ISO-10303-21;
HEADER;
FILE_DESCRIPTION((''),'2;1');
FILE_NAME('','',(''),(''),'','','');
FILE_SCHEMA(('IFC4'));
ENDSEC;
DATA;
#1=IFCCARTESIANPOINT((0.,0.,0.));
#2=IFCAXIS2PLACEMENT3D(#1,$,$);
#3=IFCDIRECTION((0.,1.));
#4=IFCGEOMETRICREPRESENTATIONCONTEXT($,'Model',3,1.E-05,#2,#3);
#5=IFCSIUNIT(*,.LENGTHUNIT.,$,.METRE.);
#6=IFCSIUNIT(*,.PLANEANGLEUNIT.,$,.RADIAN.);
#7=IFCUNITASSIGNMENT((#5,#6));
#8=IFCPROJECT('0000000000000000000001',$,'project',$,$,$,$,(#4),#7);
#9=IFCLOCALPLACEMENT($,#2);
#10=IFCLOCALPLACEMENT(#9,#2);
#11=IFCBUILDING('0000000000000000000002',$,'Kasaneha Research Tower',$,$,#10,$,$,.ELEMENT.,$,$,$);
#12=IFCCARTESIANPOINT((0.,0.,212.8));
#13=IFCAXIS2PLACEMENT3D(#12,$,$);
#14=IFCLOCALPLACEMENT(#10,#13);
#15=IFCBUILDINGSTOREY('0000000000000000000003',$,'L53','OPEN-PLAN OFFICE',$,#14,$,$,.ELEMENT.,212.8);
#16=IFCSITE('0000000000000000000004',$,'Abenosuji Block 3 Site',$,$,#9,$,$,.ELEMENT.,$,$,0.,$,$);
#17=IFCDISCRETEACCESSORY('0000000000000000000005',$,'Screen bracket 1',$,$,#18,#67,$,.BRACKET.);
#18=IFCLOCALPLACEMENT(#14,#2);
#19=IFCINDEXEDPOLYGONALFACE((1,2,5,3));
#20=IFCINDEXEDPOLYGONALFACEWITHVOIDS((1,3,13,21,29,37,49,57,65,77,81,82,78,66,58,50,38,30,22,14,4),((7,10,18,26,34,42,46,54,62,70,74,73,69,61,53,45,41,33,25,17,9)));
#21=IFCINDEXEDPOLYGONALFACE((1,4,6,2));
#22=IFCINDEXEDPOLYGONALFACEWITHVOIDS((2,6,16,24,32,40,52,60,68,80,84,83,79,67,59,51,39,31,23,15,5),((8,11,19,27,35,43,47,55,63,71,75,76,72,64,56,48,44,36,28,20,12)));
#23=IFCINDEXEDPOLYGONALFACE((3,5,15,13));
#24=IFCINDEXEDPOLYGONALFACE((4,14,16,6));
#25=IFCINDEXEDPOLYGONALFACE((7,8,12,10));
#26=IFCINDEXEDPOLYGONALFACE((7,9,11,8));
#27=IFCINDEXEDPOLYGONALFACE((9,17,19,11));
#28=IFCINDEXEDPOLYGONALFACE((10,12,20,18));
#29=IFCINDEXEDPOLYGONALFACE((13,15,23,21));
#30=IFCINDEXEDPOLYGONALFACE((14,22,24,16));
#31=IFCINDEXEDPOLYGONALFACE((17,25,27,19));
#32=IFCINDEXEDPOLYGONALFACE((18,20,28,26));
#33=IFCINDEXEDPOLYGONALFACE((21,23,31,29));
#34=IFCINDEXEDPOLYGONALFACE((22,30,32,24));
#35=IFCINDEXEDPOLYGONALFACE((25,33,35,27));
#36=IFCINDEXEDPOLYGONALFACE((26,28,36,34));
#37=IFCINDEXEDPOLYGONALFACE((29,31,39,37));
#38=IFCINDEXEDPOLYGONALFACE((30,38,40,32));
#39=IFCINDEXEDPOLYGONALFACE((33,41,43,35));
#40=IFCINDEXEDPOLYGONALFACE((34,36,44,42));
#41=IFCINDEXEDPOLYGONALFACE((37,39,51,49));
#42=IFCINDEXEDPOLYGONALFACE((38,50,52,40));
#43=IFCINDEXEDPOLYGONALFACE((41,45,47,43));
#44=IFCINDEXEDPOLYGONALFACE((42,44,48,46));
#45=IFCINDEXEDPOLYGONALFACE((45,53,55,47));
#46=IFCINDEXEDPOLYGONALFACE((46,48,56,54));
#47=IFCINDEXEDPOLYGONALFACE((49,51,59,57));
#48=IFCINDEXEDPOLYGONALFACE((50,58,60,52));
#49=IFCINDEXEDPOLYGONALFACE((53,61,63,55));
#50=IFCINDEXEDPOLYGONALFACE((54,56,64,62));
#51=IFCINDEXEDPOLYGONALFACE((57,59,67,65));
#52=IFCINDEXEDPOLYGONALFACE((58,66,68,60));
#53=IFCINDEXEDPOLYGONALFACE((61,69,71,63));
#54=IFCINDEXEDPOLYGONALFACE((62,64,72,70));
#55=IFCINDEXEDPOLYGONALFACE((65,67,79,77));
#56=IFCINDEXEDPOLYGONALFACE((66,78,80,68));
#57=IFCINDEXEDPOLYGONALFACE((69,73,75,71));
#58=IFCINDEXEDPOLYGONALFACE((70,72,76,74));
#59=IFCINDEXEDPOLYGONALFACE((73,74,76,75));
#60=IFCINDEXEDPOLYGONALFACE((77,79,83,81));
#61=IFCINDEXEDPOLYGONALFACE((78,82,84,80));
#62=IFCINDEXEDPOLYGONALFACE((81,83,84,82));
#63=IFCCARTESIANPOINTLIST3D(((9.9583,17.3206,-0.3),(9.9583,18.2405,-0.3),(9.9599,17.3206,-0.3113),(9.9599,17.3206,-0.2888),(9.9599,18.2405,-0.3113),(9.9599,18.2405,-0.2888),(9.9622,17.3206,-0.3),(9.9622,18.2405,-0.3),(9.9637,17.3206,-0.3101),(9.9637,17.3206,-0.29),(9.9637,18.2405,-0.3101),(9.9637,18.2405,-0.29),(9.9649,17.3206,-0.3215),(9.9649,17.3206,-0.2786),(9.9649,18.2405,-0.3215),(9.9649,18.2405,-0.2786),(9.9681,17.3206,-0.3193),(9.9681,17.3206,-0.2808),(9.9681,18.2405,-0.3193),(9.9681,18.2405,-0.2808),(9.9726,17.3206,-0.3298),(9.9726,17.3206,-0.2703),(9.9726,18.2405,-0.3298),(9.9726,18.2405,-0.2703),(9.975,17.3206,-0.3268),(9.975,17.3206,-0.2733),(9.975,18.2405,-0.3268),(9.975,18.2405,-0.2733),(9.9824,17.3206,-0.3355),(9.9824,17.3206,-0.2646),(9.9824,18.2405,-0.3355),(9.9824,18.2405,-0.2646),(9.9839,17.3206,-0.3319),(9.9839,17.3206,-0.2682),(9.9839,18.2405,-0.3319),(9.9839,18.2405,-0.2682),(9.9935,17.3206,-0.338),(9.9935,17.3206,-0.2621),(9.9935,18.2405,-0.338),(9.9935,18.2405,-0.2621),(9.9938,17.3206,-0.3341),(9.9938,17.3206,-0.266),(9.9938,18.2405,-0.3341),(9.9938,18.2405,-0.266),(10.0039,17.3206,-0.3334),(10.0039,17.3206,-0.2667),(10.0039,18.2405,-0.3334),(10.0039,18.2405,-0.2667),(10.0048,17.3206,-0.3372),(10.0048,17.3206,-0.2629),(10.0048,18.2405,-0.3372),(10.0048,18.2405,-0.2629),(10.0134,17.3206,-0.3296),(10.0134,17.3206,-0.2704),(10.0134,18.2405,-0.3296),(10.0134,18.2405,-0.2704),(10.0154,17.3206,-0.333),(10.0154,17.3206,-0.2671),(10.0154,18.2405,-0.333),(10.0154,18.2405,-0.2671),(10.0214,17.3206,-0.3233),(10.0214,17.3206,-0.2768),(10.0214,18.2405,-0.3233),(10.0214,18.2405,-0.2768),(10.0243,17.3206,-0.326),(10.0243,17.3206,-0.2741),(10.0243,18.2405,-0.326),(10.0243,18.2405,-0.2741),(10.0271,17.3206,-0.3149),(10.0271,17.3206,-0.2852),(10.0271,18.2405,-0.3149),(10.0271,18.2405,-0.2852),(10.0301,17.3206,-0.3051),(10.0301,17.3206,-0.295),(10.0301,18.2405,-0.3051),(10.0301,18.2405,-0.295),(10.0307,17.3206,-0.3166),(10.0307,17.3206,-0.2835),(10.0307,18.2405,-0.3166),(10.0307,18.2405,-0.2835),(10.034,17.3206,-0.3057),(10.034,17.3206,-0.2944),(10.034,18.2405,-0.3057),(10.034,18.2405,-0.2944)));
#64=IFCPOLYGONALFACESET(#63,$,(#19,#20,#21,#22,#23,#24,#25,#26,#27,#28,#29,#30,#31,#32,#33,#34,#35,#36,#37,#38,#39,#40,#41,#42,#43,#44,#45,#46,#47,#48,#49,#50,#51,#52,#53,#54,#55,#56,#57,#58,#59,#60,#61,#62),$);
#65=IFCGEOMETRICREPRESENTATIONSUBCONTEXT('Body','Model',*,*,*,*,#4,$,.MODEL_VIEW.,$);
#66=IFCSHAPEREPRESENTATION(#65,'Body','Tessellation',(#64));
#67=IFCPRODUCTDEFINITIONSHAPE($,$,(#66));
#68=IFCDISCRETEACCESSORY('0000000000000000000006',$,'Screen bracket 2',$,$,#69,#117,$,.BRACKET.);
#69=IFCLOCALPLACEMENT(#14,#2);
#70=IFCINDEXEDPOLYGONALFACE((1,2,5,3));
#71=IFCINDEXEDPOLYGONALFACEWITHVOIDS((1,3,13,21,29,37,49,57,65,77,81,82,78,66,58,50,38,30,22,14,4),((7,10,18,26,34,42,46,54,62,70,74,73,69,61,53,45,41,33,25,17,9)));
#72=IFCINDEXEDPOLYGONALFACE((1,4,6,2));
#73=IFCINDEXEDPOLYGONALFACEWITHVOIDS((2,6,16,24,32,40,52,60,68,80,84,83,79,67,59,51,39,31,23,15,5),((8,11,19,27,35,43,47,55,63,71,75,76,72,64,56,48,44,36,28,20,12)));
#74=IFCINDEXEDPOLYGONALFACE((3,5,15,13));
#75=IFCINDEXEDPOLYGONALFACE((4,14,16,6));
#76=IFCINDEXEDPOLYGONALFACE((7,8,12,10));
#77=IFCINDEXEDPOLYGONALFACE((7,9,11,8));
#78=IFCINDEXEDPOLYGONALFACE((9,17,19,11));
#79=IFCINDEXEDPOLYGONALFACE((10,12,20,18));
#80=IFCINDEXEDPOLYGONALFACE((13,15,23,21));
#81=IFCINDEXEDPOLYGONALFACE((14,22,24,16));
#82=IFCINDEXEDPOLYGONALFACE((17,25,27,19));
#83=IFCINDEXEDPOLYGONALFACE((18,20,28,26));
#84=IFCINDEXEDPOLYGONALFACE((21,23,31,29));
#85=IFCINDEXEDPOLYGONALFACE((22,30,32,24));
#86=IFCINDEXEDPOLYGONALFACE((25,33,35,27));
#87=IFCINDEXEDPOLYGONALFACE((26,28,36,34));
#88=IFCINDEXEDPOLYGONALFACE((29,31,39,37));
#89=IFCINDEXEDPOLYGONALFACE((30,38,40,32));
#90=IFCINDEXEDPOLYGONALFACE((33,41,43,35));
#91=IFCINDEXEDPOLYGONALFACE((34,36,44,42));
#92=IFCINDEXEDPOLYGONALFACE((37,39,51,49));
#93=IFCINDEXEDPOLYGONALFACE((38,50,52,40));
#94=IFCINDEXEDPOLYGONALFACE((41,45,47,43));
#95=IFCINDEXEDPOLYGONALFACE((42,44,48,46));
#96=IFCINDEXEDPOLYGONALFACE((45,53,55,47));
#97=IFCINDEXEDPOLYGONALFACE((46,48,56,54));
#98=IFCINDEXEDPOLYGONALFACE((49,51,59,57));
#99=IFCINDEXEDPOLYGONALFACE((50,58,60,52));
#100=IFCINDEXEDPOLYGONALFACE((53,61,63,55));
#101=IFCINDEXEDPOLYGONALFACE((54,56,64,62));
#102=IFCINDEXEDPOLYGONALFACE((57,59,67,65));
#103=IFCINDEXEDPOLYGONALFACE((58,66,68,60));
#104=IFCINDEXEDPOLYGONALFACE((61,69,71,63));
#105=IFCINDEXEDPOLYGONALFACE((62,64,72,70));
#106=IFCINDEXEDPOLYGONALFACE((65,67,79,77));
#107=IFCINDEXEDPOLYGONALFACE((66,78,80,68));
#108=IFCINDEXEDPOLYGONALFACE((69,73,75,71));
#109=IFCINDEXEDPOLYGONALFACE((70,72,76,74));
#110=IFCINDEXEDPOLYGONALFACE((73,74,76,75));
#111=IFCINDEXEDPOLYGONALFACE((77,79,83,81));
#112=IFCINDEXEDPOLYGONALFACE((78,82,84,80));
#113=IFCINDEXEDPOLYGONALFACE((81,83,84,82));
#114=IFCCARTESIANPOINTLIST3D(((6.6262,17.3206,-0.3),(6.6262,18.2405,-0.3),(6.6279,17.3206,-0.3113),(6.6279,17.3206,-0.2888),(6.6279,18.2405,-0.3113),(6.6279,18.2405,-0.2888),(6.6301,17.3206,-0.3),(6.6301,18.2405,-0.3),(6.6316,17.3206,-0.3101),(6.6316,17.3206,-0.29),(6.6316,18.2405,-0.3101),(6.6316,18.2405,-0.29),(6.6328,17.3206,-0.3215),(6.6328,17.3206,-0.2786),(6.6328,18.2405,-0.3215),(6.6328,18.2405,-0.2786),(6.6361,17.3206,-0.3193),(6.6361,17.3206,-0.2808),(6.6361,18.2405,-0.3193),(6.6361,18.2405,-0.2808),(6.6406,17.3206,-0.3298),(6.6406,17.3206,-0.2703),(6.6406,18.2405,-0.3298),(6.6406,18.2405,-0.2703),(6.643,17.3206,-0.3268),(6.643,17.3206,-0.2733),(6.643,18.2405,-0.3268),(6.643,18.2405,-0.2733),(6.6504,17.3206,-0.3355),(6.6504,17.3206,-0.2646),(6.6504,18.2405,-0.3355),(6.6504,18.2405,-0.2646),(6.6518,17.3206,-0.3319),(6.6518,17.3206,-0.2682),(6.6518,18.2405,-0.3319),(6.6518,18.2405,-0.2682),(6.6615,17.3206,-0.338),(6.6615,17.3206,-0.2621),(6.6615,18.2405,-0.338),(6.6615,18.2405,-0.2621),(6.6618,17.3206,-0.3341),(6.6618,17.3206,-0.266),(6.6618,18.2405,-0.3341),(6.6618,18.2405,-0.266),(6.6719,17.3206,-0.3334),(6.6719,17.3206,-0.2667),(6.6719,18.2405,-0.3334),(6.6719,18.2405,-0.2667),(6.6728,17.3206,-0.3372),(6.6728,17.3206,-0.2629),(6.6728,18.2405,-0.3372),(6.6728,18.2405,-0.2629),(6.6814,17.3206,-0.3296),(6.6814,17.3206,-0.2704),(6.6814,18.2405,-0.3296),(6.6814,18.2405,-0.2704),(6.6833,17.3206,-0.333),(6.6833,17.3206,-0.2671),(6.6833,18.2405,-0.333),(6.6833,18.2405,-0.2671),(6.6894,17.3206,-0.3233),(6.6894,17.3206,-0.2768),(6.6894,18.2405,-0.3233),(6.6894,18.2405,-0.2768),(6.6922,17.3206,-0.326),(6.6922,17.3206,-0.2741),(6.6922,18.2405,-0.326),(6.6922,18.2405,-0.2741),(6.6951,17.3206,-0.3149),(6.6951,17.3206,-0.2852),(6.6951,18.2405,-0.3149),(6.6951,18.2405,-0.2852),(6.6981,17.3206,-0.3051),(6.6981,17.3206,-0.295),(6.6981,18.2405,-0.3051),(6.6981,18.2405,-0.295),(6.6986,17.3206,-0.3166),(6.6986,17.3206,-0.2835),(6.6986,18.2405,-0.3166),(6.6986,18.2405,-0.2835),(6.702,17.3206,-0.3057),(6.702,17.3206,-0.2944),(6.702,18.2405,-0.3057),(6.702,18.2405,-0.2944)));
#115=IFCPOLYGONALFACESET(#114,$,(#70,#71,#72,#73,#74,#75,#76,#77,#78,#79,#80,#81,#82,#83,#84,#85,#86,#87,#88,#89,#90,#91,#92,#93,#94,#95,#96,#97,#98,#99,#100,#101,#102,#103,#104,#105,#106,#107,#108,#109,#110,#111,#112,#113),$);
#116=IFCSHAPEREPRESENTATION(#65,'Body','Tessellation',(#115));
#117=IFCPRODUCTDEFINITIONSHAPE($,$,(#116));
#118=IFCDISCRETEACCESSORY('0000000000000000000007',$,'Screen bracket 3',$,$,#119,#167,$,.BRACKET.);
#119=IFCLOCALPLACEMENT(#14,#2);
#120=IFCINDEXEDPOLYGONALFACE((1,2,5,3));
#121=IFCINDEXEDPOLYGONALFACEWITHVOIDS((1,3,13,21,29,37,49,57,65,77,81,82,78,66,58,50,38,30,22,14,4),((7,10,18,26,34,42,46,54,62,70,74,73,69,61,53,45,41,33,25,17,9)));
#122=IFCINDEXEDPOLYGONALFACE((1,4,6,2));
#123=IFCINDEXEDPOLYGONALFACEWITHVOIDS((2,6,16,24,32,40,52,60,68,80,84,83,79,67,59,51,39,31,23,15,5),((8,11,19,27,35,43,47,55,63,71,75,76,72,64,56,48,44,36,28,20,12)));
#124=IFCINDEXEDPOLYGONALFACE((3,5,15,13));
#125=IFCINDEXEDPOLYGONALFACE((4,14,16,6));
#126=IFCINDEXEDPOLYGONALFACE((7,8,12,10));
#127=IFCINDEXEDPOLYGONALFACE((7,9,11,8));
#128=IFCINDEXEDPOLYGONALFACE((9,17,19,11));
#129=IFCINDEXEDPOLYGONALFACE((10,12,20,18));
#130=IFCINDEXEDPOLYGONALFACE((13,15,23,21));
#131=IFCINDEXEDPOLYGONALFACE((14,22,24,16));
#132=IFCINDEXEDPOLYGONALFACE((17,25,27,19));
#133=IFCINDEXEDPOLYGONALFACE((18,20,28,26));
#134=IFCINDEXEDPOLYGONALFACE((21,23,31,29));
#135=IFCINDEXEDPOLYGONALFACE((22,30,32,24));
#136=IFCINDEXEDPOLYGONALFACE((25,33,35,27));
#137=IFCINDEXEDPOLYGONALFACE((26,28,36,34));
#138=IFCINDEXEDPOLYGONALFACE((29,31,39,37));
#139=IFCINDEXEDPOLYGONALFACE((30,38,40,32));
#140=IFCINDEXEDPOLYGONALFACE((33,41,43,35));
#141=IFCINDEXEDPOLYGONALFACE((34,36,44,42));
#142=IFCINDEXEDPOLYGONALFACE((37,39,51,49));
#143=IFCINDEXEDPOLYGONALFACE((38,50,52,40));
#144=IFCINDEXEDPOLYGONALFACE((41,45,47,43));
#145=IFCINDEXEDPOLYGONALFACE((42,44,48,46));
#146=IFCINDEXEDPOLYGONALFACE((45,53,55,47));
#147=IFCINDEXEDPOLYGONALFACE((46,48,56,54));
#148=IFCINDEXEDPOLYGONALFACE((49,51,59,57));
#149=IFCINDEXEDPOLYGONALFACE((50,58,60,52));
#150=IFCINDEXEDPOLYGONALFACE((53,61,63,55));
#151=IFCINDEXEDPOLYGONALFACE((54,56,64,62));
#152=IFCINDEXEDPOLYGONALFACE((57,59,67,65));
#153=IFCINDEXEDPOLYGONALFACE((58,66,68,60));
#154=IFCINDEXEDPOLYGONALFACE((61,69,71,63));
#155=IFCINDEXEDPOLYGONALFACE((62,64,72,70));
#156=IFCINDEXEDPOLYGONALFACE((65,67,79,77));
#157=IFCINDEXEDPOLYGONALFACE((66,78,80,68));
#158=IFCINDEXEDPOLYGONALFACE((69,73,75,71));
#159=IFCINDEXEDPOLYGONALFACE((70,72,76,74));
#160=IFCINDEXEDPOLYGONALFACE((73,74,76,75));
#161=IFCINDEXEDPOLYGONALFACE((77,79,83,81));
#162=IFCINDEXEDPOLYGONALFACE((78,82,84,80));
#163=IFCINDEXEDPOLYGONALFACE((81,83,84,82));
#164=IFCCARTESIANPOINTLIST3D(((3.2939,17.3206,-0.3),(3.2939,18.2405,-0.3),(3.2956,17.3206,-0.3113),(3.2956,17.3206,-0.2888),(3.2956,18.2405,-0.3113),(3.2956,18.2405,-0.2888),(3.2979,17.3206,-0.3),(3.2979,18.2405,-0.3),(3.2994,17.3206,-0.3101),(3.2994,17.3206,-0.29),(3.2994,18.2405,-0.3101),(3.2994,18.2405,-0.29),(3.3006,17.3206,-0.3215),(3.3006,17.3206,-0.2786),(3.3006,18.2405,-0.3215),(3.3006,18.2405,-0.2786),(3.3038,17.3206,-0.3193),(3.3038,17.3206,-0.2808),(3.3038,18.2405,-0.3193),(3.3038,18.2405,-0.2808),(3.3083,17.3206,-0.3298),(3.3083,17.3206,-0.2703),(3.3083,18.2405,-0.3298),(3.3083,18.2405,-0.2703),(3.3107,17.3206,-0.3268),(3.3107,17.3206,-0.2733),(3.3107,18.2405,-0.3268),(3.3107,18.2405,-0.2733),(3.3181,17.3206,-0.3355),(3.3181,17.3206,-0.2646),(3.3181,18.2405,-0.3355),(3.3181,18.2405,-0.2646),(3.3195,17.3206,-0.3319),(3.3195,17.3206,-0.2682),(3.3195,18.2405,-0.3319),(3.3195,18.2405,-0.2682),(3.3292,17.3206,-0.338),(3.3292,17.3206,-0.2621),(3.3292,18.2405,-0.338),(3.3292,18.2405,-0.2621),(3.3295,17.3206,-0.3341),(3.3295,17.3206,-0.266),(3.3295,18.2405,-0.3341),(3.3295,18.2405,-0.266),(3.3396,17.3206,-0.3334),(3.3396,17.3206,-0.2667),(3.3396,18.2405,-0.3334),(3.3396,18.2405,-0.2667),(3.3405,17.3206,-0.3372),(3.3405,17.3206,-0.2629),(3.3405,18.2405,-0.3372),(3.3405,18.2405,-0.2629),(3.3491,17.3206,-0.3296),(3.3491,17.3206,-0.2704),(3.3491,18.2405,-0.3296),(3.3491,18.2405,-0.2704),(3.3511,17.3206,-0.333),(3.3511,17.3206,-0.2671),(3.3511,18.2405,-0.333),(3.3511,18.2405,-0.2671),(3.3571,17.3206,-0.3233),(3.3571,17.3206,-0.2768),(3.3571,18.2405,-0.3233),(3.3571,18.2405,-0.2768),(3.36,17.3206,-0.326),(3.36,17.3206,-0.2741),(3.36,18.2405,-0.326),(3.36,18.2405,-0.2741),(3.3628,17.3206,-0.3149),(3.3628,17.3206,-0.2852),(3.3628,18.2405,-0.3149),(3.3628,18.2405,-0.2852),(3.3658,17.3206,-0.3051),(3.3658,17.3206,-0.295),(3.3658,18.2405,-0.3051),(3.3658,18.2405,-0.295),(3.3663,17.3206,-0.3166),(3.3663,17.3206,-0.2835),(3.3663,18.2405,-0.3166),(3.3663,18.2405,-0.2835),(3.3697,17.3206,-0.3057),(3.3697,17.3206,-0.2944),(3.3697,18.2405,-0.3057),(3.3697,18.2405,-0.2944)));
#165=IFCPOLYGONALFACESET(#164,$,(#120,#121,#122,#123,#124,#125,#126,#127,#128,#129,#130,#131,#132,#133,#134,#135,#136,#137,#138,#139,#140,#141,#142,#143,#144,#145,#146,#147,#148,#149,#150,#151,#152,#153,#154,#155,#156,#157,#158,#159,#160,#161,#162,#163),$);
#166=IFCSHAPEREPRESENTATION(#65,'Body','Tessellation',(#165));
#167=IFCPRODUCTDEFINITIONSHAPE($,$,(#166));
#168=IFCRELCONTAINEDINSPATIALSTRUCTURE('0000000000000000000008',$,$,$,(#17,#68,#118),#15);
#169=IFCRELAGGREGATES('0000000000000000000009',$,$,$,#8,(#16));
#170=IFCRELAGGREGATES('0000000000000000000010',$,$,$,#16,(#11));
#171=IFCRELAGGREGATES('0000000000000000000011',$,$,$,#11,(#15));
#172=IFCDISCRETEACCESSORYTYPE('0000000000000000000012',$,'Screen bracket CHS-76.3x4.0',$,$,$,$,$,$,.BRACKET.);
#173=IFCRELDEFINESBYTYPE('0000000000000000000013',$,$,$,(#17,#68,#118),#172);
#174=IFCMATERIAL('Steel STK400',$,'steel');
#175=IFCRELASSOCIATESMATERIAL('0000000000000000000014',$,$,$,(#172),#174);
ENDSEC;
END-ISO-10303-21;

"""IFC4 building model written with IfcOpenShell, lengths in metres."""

from ifc_helpers import new_model, si_unit, direction, frame, origin, origin_2d, place, context, subcontext, project, spatial, hollow_circle, extrude, material, material_profile, profile_set, type_object, element, save


model = new_model("IFC4")

# Units and contexts
model_context = context("Model", 3, precision=1e-05, world=origin(), true_north=direction((0.0, 1.0)))
body_context = subcontext(model_context, "Body", "Model", "MODEL_VIEW")
ifc_project = project(units=[si_unit("LENGTHUNIT", "METRE"), si_unit("PLANEANGLEUNIT", "RADIAN")], contexts=[model_context])

# Site, building, storey
site_placement = place(None, origin())
site = spatial("IfcSite", under=ifc_project, at=site_placement, Name="Abenosuji Block 3 Site", CompositionType="ELEMENT", RefElevation=0.0)
building_placement = place(site_placement, origin())
building = spatial("IfcBuilding", under=site, at=building_placement, Name="Kasaneha Research Tower", CompositionType="ELEMENT")
storey_placement = place(building_placement, frame((0.0, 0.0, 212.8)))
storey = spatial("IfcBuildingStorey", under=building, at=storey_placement, Name="L53", Description="OPEN-PLAN OFFICE", CompositionType="ELEMENT", Elevation=212.8)

# Discrete accessories
ifc_material_1 = material(Name="Steel STK400", Category="steel")
ifc_material_profile_1 = material_profile(ifc_material_1, hollow_circle(Radius=0.0381, WallThickness=0.0039, at=origin_2d()), Name="CHS-76.3x4.0")
ifc_profile_set_1 = profile_set([ifc_material_profile_1], Name="Steel STK400")
discrete_accessory_type = type_object("IfcDiscreteAccessoryType", Name="Screen bracket CHS-76.3x4.0", PredefinedType="BRACKET", material=ifc_profile_set_1)
for number, where, z_axis, x_axis, name in (
    (1, (9.9963, 17.3206, -0.3), (0.0, 1.0, 0.0), (-1.0, 0.0, 0.0), "Screen bracket 1"),
    (2, (6.6643, 17.3206, -0.3), (0.0, 1.0, 0.0), (-1.0, 0.0, 0.0), "Screen bracket 2"),
    (3, (3.332, 17.3206, -0.3), (0.0, 1.0, 0.0), (-1.0, 0.0, 0.0), "Screen bracket 3"),
):
    element("IfcDiscreteAccessory", number, at=place(storey_placement, frame(where, z_axis=z_axis, x_axis=x_axis)), inside=storey, type_object=discrete_accessory_type, Name=name, PredefinedType="BRACKET", context=body_context, shape_type="SweptSolid", body=[
        extrude(hollow_circle(Radius=0.0381, WallThickness=0.0039, at=origin_2d()), origin(), (0.0, 0.0, 1.0), 0.9199),
    ])

save(model, "model.ifc")
